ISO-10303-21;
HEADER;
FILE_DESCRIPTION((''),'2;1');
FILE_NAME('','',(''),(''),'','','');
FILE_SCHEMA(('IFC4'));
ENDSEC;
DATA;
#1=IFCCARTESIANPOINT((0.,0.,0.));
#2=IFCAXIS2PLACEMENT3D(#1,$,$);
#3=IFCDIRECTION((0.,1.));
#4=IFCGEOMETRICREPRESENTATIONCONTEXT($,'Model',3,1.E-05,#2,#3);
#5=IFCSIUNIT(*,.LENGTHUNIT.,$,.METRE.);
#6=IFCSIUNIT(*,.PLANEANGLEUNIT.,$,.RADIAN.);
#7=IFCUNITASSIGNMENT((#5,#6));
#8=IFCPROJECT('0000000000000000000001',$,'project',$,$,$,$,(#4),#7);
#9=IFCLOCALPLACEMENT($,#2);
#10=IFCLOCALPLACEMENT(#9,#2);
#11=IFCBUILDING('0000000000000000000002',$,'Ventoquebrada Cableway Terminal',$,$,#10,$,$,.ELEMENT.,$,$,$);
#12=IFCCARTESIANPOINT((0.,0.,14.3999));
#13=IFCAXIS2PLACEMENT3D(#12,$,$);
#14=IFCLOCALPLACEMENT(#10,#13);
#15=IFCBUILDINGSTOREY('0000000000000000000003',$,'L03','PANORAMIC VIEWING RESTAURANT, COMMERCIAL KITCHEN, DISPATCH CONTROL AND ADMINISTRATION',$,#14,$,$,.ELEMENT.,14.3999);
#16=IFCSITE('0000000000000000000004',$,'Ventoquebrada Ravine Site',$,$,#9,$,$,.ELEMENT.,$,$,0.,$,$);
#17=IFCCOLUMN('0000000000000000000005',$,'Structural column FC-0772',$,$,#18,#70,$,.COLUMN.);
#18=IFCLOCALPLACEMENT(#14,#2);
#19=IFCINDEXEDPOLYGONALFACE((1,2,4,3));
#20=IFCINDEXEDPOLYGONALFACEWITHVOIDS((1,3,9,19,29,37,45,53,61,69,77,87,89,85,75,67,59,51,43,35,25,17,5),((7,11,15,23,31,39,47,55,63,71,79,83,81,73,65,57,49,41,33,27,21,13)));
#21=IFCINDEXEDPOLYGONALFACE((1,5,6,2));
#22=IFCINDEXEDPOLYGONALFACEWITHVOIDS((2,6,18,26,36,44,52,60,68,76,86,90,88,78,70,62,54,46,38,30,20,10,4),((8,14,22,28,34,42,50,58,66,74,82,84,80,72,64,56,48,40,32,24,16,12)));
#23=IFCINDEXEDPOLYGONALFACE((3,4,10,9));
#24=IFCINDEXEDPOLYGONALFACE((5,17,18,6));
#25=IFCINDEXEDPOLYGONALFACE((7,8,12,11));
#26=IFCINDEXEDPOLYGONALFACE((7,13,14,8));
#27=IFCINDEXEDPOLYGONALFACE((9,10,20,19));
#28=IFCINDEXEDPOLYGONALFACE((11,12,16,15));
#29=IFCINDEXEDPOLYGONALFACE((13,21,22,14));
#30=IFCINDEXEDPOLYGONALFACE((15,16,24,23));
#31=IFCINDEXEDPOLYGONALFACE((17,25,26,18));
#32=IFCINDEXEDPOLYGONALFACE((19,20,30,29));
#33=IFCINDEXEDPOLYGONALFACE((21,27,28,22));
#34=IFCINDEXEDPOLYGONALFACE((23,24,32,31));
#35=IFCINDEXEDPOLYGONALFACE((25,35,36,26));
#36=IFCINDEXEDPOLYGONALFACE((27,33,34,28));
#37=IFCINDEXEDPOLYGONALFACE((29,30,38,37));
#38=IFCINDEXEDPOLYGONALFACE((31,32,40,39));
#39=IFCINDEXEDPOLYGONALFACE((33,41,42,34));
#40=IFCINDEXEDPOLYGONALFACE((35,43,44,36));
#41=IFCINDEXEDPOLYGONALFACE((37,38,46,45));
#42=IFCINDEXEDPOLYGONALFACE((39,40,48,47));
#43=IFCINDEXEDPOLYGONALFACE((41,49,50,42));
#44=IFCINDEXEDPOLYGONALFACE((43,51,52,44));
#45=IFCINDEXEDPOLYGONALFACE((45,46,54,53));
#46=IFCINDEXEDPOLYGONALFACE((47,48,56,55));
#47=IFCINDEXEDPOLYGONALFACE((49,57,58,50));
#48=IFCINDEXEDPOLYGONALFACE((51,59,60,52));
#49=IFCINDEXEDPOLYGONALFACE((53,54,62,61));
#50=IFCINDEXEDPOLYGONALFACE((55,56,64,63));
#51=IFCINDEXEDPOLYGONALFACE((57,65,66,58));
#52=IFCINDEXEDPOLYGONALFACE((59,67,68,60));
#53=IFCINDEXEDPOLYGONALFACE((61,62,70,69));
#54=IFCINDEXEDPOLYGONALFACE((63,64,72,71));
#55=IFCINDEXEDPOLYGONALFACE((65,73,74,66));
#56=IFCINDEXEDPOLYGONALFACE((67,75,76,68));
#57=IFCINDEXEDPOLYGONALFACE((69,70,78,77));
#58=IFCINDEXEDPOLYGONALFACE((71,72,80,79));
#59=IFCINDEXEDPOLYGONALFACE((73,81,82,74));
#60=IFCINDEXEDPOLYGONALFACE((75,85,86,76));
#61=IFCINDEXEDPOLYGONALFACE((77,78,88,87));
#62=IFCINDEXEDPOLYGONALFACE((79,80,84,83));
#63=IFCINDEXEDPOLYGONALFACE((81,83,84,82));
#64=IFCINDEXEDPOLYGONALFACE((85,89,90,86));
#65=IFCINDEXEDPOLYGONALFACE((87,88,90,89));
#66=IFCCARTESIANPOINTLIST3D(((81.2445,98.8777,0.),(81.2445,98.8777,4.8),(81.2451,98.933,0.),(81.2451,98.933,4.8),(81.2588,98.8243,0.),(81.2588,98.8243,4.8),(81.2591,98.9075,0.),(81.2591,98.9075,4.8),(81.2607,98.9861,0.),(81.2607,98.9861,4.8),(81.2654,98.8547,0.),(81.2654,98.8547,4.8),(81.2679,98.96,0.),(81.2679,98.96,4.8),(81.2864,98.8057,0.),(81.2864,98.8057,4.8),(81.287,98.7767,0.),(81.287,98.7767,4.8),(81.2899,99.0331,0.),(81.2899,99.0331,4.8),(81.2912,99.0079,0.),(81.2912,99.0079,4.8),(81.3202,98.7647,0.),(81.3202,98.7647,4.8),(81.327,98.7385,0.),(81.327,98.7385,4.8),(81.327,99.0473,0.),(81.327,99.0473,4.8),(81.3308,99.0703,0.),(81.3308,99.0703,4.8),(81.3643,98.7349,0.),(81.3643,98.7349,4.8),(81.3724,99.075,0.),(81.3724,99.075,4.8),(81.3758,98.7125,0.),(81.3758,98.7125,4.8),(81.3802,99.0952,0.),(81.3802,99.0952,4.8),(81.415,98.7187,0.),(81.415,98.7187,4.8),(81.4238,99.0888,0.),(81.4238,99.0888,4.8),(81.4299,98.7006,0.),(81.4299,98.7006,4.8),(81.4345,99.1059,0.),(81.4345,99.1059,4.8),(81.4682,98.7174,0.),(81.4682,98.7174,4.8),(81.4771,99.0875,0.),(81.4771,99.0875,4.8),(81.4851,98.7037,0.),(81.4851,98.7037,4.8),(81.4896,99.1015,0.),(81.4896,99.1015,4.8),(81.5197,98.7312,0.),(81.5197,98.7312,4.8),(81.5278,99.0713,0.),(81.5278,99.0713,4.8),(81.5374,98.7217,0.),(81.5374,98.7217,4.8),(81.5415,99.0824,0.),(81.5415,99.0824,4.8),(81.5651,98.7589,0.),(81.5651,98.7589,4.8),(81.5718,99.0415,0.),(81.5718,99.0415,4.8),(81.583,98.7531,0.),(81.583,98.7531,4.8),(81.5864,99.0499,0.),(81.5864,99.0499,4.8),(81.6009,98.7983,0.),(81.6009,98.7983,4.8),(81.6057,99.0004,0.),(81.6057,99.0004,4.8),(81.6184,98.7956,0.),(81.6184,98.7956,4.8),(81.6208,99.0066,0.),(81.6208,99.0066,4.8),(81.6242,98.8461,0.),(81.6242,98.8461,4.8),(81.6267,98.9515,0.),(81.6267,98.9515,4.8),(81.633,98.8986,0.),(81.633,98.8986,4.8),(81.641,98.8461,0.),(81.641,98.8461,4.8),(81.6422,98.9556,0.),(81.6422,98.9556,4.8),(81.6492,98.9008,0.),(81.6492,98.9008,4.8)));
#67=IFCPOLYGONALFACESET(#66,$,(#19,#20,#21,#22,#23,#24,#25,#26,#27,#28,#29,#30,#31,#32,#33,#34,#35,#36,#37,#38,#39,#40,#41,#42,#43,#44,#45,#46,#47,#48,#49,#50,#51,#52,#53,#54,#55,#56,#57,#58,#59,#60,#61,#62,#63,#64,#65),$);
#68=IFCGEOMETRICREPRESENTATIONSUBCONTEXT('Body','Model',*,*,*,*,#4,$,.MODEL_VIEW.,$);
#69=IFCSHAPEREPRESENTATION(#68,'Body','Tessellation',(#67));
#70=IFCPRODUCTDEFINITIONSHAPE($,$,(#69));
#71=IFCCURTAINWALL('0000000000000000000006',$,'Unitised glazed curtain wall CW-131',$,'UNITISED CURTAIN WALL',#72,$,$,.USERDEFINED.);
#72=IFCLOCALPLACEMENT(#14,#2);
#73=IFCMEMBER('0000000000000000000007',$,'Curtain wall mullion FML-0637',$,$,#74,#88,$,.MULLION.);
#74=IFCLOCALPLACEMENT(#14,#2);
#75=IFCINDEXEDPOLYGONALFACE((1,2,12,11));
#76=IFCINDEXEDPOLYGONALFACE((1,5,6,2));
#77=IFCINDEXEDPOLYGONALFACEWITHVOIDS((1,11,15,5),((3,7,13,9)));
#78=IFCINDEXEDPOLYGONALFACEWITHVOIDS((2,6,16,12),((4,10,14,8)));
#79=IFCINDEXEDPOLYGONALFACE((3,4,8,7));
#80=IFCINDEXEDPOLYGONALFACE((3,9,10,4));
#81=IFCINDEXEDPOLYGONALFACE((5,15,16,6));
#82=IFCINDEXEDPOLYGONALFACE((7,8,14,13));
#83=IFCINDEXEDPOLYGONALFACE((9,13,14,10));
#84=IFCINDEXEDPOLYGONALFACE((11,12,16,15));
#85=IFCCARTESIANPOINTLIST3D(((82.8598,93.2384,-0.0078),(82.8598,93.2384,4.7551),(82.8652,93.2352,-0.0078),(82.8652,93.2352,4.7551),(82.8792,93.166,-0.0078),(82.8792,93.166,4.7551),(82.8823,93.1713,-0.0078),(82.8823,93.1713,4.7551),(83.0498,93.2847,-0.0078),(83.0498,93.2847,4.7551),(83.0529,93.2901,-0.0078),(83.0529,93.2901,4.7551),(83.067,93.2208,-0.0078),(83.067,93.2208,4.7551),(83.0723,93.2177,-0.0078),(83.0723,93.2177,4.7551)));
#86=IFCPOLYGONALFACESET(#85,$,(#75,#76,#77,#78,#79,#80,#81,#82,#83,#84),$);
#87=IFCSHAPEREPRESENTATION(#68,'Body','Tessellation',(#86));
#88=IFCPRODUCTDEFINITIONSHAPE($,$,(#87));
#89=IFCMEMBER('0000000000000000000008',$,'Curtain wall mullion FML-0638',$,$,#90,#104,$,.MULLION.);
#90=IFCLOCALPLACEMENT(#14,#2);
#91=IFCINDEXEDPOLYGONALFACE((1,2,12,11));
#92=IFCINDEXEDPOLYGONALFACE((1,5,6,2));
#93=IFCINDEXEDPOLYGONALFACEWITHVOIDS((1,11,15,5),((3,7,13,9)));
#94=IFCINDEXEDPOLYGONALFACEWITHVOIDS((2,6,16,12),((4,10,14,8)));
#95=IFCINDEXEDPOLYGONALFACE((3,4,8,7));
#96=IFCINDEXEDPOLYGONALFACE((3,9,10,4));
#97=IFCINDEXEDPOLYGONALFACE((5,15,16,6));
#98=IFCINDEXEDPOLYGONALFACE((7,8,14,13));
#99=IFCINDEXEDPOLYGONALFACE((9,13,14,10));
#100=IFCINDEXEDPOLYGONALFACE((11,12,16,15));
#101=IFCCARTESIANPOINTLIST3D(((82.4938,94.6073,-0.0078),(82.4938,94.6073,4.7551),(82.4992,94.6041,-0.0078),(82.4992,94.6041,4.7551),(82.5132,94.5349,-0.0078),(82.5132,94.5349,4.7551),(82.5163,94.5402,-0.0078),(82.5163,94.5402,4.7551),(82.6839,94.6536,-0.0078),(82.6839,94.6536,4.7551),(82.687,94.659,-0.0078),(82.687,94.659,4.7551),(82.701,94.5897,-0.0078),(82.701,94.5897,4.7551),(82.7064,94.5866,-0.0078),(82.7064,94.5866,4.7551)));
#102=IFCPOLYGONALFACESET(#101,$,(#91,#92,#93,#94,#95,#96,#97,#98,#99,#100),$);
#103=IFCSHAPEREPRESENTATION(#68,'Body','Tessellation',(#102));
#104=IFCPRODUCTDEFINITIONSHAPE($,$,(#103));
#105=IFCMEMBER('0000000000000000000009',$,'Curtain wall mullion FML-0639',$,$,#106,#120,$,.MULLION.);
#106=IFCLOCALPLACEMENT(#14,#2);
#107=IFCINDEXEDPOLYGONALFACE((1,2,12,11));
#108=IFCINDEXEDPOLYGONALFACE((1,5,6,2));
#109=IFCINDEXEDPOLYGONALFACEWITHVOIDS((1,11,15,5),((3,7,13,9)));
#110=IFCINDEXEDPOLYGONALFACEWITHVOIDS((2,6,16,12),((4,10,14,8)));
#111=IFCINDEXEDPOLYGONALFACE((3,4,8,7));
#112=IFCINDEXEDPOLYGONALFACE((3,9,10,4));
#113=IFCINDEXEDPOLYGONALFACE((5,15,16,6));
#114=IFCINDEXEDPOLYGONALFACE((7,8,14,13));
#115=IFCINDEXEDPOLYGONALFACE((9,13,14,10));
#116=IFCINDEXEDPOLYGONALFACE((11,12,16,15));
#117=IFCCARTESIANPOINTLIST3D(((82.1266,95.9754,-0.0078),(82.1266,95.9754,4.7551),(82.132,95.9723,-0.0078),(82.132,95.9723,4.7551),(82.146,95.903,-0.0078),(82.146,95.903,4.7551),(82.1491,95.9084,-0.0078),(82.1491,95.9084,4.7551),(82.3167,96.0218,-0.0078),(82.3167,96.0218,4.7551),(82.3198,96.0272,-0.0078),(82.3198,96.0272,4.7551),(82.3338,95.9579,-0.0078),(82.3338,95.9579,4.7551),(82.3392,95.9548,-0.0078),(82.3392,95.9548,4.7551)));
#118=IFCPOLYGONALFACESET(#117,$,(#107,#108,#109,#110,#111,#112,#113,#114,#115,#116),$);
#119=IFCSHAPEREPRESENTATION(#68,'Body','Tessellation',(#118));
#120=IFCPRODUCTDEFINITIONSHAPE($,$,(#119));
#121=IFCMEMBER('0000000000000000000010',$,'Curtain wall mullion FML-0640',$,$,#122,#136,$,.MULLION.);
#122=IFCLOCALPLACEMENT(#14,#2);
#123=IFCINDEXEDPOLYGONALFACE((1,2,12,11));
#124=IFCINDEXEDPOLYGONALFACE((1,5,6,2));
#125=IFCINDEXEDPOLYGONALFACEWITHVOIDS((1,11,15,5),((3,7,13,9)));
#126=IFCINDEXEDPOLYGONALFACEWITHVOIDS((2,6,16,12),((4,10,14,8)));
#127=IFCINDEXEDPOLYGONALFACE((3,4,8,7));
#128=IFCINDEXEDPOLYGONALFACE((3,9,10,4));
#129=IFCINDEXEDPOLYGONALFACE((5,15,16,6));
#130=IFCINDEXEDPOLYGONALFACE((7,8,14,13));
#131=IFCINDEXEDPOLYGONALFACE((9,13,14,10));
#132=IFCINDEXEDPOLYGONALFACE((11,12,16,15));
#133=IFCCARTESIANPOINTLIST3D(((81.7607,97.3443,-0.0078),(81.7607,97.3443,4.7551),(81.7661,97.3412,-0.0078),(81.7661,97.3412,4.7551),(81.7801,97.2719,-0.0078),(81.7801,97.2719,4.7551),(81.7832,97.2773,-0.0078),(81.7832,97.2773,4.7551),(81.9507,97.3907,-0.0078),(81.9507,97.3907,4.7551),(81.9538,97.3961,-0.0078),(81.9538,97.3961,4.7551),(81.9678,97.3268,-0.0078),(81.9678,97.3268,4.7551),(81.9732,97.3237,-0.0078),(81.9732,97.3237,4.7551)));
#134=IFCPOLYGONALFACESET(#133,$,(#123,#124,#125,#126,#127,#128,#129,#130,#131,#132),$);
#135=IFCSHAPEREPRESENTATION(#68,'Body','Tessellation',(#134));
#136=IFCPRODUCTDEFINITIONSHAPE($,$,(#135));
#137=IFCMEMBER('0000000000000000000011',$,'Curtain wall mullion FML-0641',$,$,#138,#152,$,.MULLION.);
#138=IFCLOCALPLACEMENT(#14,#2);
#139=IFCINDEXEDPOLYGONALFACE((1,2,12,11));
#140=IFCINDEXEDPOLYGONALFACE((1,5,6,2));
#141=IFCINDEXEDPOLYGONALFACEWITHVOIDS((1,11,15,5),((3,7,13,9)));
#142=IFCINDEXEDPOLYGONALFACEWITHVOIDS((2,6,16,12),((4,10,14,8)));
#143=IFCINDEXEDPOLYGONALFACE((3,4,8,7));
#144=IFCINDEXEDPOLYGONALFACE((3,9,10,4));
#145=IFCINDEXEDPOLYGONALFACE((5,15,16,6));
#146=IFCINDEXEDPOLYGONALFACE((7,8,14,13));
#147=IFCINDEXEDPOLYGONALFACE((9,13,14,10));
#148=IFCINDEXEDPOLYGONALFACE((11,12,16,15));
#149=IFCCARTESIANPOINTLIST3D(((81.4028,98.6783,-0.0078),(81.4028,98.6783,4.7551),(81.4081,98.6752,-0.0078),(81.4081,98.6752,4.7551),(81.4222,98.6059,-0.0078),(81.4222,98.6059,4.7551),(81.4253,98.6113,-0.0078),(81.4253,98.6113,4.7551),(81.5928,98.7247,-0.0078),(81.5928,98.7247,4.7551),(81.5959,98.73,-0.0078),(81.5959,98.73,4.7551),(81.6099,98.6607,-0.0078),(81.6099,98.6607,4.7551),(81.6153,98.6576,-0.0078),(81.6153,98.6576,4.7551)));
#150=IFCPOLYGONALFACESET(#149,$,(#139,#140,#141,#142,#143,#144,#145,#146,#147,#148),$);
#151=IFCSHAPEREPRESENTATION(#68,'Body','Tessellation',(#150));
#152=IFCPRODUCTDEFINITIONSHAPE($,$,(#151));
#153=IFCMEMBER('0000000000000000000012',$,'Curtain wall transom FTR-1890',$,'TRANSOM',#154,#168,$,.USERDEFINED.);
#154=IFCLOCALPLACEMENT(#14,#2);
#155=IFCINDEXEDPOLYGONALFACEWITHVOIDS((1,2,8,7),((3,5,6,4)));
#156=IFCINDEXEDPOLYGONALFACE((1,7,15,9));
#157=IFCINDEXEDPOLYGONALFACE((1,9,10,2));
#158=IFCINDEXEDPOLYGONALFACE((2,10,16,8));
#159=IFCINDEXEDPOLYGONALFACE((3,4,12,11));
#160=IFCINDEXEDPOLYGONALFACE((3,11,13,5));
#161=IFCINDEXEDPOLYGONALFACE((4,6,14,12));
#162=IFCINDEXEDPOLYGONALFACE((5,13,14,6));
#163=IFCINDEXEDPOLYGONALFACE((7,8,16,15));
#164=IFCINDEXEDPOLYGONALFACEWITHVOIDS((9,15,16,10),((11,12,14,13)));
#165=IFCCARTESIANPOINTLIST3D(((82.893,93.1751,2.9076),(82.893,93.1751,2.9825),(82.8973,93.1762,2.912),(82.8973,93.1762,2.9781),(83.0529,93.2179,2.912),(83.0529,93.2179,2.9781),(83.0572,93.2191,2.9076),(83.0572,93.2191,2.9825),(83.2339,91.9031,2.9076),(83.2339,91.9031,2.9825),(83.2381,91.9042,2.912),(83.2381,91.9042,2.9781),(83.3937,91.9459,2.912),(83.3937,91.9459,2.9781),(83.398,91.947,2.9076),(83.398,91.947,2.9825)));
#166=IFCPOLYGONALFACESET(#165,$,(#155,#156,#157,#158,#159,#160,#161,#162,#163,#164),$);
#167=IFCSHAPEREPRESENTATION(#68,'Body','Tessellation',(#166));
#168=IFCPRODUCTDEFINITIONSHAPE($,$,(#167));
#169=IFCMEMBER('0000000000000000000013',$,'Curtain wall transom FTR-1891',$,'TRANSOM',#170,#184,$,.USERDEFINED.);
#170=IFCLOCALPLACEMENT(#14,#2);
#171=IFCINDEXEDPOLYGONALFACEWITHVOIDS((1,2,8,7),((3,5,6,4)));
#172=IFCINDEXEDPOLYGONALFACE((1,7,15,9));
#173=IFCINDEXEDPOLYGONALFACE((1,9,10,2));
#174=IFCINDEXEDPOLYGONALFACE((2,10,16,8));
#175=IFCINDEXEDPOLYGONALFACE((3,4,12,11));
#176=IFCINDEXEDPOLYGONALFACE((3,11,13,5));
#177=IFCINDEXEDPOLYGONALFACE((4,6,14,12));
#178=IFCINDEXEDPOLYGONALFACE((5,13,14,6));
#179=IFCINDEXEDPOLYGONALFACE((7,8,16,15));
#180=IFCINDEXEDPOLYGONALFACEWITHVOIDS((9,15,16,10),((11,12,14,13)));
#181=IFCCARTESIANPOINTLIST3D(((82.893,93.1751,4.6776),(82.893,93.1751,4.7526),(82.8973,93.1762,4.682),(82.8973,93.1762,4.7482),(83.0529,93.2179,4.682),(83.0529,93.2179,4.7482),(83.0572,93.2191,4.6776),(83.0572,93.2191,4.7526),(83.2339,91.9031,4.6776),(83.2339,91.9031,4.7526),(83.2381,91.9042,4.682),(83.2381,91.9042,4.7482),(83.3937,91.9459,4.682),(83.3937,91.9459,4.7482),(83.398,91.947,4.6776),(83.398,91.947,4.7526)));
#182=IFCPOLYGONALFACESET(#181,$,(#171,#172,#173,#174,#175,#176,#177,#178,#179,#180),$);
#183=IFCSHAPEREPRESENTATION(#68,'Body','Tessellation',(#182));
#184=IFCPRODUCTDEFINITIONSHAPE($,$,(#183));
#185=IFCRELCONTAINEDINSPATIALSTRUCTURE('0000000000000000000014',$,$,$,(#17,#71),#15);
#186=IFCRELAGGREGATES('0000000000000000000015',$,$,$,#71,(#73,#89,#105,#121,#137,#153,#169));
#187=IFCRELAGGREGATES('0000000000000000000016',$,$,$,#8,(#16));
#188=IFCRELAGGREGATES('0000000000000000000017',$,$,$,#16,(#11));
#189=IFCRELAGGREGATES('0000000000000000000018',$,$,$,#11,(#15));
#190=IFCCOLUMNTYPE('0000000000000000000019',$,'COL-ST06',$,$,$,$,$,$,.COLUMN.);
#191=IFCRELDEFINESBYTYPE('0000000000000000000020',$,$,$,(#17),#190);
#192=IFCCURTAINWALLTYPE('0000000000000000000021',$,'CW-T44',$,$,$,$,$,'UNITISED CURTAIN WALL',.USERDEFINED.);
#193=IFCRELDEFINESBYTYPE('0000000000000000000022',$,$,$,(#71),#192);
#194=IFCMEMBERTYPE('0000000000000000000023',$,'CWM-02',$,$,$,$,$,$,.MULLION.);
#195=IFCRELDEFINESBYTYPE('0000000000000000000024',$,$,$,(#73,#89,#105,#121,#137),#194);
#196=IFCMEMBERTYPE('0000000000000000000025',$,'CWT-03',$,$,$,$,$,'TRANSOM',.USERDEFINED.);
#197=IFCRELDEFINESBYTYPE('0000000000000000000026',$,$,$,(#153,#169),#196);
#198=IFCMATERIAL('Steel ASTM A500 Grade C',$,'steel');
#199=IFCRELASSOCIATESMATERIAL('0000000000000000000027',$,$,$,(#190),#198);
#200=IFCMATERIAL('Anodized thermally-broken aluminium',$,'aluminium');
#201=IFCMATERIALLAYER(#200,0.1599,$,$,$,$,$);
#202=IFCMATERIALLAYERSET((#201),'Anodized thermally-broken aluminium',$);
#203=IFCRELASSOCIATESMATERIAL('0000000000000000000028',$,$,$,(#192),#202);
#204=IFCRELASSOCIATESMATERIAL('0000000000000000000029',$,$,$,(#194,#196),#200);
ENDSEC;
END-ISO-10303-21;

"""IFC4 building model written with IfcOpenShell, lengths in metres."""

from ifc_helpers import new_model, si_unit, direction, frame, origin, origin_2d, place, context, subcontext, project, spatial, hollow_rectangle, hollow_circle, extrude, material, layer, layer_set, material_profile, profile_set, type_object, element, aggregate, save


model = new_model("IFC4")

# Units and contexts
model_context = context("Model", 3, precision=1e-05, world=origin(), true_north=direction((0.0, 1.0)))
body_context = subcontext(model_context, "Body", "Model", "MODEL_VIEW")
ifc_project = project(units=[si_unit("LENGTHUNIT", "METRE"), si_unit("PLANEANGLEUNIT", "RADIAN")], contexts=[model_context])

# Site, building, storey
site_placement = place(None, origin())
site = spatial("IfcSite", under=ifc_project, at=site_placement, Name="Ventoquebrada Ravine Site", CompositionType="ELEMENT", RefElevation=0.0)
building_placement = place(site_placement, origin())
building = spatial("IfcBuilding", under=site, at=building_placement, Name="Ventoquebrada Cableway Terminal", CompositionType="ELEMENT")
storey_placement = place(building_placement, frame((0.0, 0.0, 14.3999)))
storey = spatial("IfcBuildingStorey", under=building, at=storey_placement, Name="L03", Description="PANORAMIC VIEWING RESTAURANT, COMMERCIAL KITCHEN, DISPATCH CONTROL AND ADMINISTRATION", CompositionType="ELEMENT", Elevation=14.3999)

# Column
ifc_material_1 = material(Name="Steel ASTM A500 Grade C", Category="steel")
ifc_material_profile_1 = material_profile(ifc_material_1, hollow_circle(Radius=0.2031, WallThickness=0.0161, at=origin_2d()), Name="CHS406.4X16")
ifc_profile_set_1 = profile_set([ifc_material_profile_1], Name="Steel ASTM A500 Grade C")
column_type = type_object("IfcColumnType", Name="COL-ST06", PredefinedType="COLUMN", material=ifc_profile_set_1)
column_placement = place(storey_placement, frame((81.446, 98.9031, 0.0), z_axis=(0.0, 0.0, 1.0), x_axis=(0.965926, 0.258819, 0.0)))
element("IfcColumn", 1, at=column_placement, inside=storey, type_object=column_type, Name="Structural column FC-0772", PredefinedType="COLUMN", context=body_context, shape_type="SweptSolid", body=[
    extrude(hollow_circle(Radius=0.2031, WallThickness=0.0161, at=origin_2d()), origin(), (0.0, 0.0, 1.0), 4.8),
])

# Curtain wall, members
ifc_material_2 = material(Name="Anodized thermally-broken aluminium", Category="aluminium")
ifc_layer_1 = layer(ifc_material_2, 0.1599)
ifc_layer_set_1 = layer_set([ifc_layer_1], Name="Anodized thermally-broken aluminium")
curtain_wall_type = type_object("IfcCurtainWallType", Name="CW-T44", ElementType="UNITISED CURTAIN WALL", PredefinedType="USERDEFINED", material=ifc_layer_set_1)
curtain_wall_placement = place(storey_placement, origin())
curtain_wall = element("IfcCurtainWall", 2, at=curtain_wall_placement, inside=storey, type_object=curtain_wall_type, Name="Unitised glazed curtain wall CW-131", ObjectType="UNITISED CURTAIN WALL", PredefinedType="USERDEFINED")
ifc_material_profile_2 = material_profile(ifc_material_2, hollow_rectangle(XDim=0.075, YDim=0.2, WallThickness=0.0044, at=origin_2d()), Name="CW-MUL-75X200")
ifc_profile_set_2 = profile_set([ifc_material_profile_2], Name="Anodized thermally-broken aluminium")
member_type_1 = type_object("IfcMemberType", Name="CWM-02", PredefinedType="MULLION", material=ifc_profile_set_2)
member_1_placement = place(storey_placement, frame((82.9661, 93.228, -0.0078), z_axis=(0.0, 0.0, 1.0), x_axis=(-0.258785, 0.965935, 0.0)))
member_1 = element("IfcMember", 3, at=member_1_placement, type_object=member_type_1, Name="Curtain wall mullion FML-0637", PredefinedType="MULLION", context=body_context, shape_type="SweptSolid", body=[
    extrude(hollow_rectangle(XDim=0.075, YDim=0.2, WallThickness=0.0044, at=origin_2d()), origin(), (0.0, 0.0, 1.0), 4.7629),
])
member_2_placement = place(storey_placement, frame((82.6001, 94.5969, -0.0078), z_axis=(0.0, 0.0, 1.0), x_axis=(-0.258785, 0.965935, 0.0)))
member_2 = element("IfcMember", 4, at=member_2_placement, type_object=member_type_1, Name="Curtain wall mullion FML-0638", PredefinedType="MULLION", context=body_context, shape_type="SweptSolid", body=[
    extrude(hollow_rectangle(XDim=0.075, YDim=0.2, WallThickness=0.0044, at=origin_2d()), origin(), (0.0, 0.0, 1.0), 4.7629),
])
member_3_placement = place(storey_placement, frame((82.2329, 95.9651, -0.0078), z_axis=(0.0, 0.0, 1.0), x_axis=(-0.258785, 0.965935, 0.0)))
member_3 = element("IfcMember", 5, at=member_3_placement, type_object=member_type_1, Name="Curtain wall mullion FML-0639", PredefinedType="MULLION", context=body_context, shape_type="SweptSolid", body=[
    extrude(hollow_rectangle(XDim=0.075, YDim=0.2, WallThickness=0.0044, at=origin_2d()), origin(), (0.0, 0.0, 1.0), 4.7629),
])
member_4_placement = place(storey_placement, frame((81.8669, 97.334, -0.0078), z_axis=(0.0, 0.0, 1.0), x_axis=(-0.258785, 0.965935, 0.0)))
member_4 = element("IfcMember", 6, at=member_4_placement, type_object=member_type_1, Name="Curtain wall mullion FML-0640", PredefinedType="MULLION", context=body_context, shape_type="SweptSolid", body=[
    extrude(hollow_rectangle(XDim=0.075, YDim=0.2, WallThickness=0.0044, at=origin_2d()), origin(), (0.0, 0.0, 1.0), 4.7629),
])
member_5_placement = place(storey_placement, frame((81.509, 98.668, -0.0078), z_axis=(0.0, 0.0, 1.0), x_axis=(-0.258785, 0.965935, 0.0)))
member_5 = element("IfcMember", 7, at=member_5_placement, type_object=member_type_1, Name="Curtain wall mullion FML-0641", PredefinedType="MULLION", context=body_context, shape_type="SweptSolid", body=[
    extrude(hollow_rectangle(XDim=0.075, YDim=0.2, WallThickness=0.0044, at=origin_2d()), origin(), (0.0, 0.0, 1.0), 4.7629),
])
ifc_material_profile_3 = material_profile(ifc_material_2, hollow_rectangle(XDim=0.075, YDim=0.1699, WallThickness=0.0044, at=origin_2d()), Name="CW-TRN-75X170")
ifc_profile_set_3 = profile_set([ifc_material_profile_3], Name="Anodized thermally-broken aluminium")
member_type_2 = type_object("IfcMemberType", Name="CWT-03", ElementType="TRANSOM", PredefinedType="USERDEFINED", material=ifc_profile_set_3)
member_6_placement = place(storey_placement, frame((83.3159, 91.925, 2.9451), z_axis=(-0.258816, 0.965927, 0.0), x_axis=(0.0, 0.0, 1.0)))
member_6 = element("IfcMember", 8, at=member_6_placement, type_object=member_type_2, Name="Curtain wall transom FTR-1890", ObjectType="TRANSOM", PredefinedType="USERDEFINED", context=body_context, shape_type="SweptSolid", body=[
    extrude(hollow_rectangle(XDim=0.075, YDim=0.1699, WallThickness=0.0044, at=origin_2d()), origin(), (0.0, 0.0, 1.0), 1.3169),
])
member_7_placement = place(storey_placement, frame((83.3159, 91.925, 4.7151), z_axis=(-0.258816, 0.965927, 0.0), x_axis=(0.0, 0.0, 1.0)))
member_7 = element("IfcMember", 9, at=member_7_placement, type_object=member_type_2, Name="Curtain wall transom FTR-1891", ObjectType="TRANSOM", PredefinedType="USERDEFINED", context=body_context, shape_type="SweptSolid", body=[
    extrude(hollow_rectangle(XDim=0.075, YDim=0.1699, WallThickness=0.0044, at=origin_2d()), origin(), (0.0, 0.0, 1.0), 1.3169),
])

aggregate(curtain_wall, [member_1, member_2, member_3, member_4, member_5, member_6, member_7])

save(model, "model.ifc")
